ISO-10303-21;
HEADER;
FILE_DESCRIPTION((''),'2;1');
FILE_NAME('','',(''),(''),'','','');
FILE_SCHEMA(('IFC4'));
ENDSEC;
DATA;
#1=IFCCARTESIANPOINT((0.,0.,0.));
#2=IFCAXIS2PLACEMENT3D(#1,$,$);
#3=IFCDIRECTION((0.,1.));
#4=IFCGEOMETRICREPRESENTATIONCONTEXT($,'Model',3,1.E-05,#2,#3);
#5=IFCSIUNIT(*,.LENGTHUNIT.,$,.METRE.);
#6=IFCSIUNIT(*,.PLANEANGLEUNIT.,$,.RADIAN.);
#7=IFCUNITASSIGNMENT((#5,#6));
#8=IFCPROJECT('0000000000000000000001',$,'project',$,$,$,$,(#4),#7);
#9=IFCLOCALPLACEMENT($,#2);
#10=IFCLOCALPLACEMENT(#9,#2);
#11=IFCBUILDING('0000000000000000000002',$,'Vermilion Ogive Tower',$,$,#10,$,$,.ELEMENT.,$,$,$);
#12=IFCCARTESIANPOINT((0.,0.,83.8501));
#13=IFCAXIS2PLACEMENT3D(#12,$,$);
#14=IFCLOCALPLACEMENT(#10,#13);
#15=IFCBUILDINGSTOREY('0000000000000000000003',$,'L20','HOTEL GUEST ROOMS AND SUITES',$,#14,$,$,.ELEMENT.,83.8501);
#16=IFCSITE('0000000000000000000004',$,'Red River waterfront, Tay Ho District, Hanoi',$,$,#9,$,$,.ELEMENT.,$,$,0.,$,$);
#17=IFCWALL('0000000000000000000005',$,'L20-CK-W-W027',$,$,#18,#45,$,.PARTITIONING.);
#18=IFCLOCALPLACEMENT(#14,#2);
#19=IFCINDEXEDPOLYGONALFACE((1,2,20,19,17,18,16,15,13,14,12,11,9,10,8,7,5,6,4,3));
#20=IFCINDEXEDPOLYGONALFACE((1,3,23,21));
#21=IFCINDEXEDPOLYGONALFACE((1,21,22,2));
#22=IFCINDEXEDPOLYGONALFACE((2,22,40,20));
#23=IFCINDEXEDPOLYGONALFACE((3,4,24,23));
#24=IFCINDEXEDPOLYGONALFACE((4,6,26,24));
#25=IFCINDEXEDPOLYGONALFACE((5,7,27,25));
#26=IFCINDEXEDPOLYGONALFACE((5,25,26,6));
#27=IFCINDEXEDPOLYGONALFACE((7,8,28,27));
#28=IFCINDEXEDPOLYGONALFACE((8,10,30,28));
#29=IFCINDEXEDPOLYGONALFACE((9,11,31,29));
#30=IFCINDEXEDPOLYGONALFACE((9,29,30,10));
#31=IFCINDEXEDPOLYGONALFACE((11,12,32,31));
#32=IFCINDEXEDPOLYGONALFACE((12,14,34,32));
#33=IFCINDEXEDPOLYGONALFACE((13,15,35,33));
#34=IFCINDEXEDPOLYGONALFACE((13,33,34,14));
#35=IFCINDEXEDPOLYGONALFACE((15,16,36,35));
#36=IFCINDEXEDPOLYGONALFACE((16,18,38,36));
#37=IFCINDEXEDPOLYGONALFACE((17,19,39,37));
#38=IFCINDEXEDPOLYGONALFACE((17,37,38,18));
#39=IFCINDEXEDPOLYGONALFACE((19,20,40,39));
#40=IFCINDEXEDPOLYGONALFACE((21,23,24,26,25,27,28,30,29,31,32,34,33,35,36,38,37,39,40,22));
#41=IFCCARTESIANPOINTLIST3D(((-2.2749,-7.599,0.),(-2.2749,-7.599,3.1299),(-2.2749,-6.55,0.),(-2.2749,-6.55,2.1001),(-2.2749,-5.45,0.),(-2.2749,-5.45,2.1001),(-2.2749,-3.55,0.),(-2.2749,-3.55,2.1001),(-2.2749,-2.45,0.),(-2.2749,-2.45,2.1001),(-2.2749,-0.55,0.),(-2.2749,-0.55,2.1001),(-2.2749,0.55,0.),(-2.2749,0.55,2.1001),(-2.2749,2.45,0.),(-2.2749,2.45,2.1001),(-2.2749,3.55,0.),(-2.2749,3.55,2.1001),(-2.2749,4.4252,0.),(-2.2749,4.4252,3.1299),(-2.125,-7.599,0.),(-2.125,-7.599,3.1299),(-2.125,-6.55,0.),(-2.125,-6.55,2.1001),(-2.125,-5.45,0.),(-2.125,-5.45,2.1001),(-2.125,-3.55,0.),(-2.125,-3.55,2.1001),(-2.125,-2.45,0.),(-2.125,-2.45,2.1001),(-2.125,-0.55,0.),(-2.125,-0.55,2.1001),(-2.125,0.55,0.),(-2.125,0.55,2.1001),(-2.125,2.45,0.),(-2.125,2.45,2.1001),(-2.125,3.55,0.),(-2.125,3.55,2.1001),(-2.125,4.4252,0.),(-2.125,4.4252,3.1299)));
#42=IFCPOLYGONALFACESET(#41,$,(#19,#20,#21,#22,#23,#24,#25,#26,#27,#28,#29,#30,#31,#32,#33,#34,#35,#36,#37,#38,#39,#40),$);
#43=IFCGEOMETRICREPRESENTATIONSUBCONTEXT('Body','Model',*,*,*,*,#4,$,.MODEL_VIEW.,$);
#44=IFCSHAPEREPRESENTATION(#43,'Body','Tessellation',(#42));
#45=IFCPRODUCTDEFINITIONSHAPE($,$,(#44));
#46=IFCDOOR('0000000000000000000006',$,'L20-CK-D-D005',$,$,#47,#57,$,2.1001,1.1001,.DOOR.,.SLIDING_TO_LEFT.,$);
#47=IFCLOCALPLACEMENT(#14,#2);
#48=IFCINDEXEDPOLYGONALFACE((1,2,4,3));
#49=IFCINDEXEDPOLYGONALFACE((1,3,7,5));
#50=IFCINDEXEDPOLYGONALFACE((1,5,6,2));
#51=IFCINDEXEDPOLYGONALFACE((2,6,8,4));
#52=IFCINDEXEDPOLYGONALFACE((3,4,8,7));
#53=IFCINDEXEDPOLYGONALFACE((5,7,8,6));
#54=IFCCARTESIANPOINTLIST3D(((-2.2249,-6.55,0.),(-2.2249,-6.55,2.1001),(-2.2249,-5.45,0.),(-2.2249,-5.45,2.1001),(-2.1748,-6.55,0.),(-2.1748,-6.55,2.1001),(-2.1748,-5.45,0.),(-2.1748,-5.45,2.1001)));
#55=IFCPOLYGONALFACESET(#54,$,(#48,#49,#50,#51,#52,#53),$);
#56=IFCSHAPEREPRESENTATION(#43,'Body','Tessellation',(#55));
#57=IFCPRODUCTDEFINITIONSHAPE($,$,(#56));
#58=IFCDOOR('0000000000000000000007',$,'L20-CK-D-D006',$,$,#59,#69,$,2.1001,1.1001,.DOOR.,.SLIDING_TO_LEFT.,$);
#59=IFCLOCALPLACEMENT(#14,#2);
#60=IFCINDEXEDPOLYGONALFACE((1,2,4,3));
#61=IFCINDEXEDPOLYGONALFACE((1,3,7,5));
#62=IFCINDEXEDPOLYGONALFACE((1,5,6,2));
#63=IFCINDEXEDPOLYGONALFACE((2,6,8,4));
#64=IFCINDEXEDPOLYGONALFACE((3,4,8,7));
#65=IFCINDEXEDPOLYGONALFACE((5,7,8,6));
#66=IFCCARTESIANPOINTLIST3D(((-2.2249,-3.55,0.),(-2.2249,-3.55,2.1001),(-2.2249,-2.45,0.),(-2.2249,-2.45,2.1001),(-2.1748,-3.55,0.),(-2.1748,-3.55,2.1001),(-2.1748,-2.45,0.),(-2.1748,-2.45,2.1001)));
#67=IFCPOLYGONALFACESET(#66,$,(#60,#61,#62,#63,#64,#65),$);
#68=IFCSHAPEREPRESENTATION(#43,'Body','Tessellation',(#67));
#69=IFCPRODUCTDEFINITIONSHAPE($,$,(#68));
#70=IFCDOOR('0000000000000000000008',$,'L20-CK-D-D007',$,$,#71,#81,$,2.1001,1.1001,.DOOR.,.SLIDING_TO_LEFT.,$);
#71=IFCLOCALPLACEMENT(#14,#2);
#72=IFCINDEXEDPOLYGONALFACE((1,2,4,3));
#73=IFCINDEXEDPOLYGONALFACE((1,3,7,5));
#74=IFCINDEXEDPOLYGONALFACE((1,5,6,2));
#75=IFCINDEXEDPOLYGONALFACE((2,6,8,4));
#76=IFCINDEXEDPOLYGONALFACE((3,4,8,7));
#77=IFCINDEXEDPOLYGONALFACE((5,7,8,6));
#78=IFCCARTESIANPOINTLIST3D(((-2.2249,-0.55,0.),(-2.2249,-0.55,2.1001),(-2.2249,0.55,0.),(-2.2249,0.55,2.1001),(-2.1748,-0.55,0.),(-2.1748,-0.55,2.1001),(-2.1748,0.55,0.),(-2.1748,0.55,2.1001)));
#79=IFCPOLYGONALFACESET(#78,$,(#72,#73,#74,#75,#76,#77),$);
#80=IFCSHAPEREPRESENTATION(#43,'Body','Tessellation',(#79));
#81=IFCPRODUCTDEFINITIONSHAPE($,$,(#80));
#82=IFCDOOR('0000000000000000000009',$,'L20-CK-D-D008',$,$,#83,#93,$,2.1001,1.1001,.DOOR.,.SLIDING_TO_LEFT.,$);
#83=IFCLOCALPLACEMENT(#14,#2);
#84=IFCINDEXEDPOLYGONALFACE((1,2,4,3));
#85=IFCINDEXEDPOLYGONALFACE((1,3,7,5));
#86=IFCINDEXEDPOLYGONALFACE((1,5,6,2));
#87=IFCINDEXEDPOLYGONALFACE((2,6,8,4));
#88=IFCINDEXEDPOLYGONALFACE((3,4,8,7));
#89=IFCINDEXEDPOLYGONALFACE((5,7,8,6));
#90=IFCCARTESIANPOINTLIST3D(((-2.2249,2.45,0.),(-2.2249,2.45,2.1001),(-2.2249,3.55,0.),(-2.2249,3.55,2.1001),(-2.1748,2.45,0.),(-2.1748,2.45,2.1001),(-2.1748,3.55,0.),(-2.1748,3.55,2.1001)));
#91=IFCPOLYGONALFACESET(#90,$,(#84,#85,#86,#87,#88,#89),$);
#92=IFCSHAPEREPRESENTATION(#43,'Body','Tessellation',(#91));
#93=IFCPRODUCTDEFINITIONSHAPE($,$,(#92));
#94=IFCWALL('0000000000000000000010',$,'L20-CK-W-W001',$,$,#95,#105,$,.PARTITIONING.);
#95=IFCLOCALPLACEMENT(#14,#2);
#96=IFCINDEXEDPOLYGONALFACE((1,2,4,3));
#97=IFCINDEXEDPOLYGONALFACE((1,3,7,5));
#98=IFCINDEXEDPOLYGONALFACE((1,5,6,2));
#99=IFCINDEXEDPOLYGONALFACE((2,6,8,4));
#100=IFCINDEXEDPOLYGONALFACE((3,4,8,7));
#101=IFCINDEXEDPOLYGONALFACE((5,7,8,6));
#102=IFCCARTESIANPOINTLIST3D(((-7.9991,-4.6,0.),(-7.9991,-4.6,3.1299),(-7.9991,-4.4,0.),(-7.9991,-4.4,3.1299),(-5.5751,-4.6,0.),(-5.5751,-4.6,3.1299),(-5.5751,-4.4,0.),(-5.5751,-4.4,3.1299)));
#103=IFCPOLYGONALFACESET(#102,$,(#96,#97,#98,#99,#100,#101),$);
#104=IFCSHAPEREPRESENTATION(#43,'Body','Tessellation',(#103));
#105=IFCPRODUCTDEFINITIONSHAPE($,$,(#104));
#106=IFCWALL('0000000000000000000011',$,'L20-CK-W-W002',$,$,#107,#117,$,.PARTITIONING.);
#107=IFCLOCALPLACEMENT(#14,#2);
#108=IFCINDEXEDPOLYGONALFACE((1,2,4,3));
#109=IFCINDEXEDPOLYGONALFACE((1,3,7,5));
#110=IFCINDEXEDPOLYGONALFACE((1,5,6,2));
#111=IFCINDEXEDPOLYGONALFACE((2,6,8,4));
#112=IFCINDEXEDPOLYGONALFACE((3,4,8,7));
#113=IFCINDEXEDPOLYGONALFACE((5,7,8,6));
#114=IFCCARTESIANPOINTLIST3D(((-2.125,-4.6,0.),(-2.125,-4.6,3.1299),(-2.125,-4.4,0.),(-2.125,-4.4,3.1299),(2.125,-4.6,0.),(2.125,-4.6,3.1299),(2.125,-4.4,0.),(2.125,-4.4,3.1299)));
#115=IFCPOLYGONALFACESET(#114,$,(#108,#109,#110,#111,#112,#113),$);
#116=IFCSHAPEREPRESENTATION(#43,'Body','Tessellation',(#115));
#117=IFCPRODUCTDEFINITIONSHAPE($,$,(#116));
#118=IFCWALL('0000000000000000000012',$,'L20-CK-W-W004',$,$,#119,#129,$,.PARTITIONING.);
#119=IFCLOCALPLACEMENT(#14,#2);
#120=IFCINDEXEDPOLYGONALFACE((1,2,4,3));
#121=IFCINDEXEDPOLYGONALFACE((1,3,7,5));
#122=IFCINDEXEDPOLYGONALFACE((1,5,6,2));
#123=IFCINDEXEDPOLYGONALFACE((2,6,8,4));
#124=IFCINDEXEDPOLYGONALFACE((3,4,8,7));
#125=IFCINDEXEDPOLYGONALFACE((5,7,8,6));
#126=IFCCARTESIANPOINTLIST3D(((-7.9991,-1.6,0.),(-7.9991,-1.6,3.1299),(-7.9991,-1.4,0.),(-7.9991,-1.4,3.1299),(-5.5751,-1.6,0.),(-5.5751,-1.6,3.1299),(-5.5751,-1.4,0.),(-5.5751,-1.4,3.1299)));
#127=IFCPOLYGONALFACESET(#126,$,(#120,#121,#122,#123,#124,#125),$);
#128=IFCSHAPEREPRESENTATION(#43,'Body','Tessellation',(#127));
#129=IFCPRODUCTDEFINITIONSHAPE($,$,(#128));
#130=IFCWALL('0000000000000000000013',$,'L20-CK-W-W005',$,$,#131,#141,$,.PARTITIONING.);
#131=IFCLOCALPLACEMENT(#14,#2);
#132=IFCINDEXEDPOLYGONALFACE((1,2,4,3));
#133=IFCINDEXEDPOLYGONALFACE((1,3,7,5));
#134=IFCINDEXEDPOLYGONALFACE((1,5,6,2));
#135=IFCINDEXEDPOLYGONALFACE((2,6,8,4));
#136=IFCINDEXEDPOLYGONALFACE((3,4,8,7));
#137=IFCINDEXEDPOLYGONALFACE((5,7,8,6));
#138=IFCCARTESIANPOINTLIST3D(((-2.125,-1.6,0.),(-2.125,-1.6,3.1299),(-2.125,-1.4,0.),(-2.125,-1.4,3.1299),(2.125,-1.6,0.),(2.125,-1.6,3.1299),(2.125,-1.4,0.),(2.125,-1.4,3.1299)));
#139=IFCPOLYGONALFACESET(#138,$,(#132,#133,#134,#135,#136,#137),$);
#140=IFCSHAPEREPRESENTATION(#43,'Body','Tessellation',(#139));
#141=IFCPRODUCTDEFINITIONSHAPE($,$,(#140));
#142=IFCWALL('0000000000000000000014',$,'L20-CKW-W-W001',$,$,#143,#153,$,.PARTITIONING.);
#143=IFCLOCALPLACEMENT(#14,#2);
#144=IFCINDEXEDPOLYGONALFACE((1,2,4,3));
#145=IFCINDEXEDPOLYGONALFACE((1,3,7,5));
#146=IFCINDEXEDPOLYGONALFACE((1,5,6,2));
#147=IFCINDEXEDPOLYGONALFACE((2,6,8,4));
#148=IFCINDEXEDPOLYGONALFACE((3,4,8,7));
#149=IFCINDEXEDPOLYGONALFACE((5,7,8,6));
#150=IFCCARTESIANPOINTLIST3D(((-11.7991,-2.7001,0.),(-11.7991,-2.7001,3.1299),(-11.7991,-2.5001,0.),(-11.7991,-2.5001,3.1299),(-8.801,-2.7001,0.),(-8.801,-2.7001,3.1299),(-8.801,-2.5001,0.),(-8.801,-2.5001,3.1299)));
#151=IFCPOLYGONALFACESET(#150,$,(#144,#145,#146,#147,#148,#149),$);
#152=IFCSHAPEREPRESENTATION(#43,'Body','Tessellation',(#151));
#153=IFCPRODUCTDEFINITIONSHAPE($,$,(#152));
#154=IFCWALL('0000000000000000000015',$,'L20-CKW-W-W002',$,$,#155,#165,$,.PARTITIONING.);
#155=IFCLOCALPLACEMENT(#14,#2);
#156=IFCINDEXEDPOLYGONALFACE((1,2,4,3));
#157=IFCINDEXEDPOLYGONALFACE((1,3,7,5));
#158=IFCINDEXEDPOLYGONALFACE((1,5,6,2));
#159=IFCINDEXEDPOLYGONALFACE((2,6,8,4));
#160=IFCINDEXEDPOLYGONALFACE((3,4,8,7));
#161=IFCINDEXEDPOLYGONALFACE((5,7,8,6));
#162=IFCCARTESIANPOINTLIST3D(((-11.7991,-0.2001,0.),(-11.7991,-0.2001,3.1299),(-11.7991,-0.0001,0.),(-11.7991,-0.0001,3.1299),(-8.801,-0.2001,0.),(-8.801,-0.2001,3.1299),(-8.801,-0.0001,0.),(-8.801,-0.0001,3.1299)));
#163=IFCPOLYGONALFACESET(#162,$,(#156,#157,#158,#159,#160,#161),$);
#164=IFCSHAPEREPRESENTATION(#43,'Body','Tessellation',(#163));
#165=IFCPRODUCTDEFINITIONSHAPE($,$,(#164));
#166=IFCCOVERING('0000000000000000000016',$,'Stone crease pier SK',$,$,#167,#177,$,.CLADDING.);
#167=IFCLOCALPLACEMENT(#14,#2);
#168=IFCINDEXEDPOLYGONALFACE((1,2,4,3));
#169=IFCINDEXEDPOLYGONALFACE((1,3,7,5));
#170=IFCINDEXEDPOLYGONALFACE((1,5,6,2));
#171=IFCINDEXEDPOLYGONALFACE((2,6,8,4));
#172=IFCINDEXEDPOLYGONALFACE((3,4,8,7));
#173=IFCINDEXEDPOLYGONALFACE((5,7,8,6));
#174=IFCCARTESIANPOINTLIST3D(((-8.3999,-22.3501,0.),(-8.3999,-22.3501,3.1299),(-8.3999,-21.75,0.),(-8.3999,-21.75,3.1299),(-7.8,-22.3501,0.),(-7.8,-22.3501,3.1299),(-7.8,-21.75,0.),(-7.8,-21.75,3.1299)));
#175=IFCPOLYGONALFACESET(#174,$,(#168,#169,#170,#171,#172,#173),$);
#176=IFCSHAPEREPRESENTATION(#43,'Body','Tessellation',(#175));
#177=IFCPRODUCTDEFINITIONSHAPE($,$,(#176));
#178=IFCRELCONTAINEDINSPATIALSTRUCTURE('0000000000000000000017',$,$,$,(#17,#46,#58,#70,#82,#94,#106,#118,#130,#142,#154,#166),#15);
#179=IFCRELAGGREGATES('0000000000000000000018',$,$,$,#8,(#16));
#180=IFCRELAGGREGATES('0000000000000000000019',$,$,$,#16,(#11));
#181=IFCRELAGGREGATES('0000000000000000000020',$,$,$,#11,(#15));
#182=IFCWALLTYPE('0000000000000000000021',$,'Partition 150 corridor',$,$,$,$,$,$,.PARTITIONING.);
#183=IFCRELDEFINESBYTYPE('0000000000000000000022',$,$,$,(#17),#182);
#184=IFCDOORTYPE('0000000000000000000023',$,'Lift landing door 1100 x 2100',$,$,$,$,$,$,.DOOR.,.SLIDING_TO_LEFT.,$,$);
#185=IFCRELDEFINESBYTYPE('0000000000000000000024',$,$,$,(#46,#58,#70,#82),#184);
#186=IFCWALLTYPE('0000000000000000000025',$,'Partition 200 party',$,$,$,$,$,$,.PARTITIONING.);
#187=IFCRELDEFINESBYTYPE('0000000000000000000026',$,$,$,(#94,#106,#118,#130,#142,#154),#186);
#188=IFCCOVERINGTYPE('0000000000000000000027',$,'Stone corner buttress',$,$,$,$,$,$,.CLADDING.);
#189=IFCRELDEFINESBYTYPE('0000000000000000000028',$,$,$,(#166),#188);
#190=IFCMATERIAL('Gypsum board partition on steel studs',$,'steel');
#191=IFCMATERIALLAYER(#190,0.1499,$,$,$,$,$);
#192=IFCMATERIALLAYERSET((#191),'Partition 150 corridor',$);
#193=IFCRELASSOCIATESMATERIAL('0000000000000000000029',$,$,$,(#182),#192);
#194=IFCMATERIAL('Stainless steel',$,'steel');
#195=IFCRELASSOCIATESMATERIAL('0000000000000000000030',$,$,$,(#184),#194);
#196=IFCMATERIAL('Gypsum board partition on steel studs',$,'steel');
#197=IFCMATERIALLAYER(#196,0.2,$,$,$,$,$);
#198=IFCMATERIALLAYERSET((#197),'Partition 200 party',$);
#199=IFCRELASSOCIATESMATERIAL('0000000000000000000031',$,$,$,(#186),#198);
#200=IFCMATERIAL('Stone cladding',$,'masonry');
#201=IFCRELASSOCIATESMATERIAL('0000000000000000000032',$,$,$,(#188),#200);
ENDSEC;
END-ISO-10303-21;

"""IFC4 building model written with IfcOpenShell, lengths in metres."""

from ifc_helpers import new_model, si_unit, direction, frame, frame_2d, origin, place, context, subcontext, project, spatial, polyline, rectangle, outline, extrude, material, layer, layer_set, type_object, element, fill, save


model = new_model("IFC4")

# Units and contexts
model_context = context("Model", 3, precision=1e-05, world=origin(), true_north=direction((0.0, 1.0)))
body_context = subcontext(model_context, "Body", "Model", "MODEL_VIEW")
ifc_project = project(units=[si_unit("LENGTHUNIT", "METRE"), si_unit("PLANEANGLEUNIT", "RADIAN")], contexts=[model_context])

# Site, building, storey
site_placement = place(None, origin())
site = spatial("IfcSite", under=ifc_project, at=site_placement, Name="Red River waterfront, Tay Ho District, Hanoi", CompositionType="ELEMENT", RefElevation=0.0)
building_placement = place(site_placement, origin())
building = spatial("IfcBuilding", under=site, at=building_placement, Name="Vermilion Ogive Tower", CompositionType="ELEMENT")
storey_placement = place(building_placement, frame((0.0, 0.0, 83.8501)))
storey = spatial("IfcBuildingStorey", under=building, at=storey_placement, Name="L20", Description="HOTEL GUEST ROOMS AND SUITES", CompositionType="ELEMENT", Elevation=83.8501)

# Wall, openings, doors
ifc_material_1 = material(Name="Gypsum board partition on steel studs", Category="steel")
ifc_layer_1 = layer(ifc_material_1, 0.1499)
ifc_layer_set_1 = layer_set([ifc_layer_1], Name="Partition 150 corridor")
wall_type_1 = type_object("IfcWallType", Name="Partition 150 corridor", PredefinedType="PARTITIONING", material=ifc_layer_set_1)
wall_1_placement = place(storey_placement, frame((-2.2, -7.5991, 0.0), z_axis=(0.0, 0.0, 1.0), x_axis=(0.0, 1.0, 0.0)))
wall_1 = element("IfcWall", 1, at=wall_1_placement, inside=storey, type_object=wall_type_1, Name="L20-CK-W-W027", PredefinedType="PARTITIONING", context=body_context, shape_type="SweptSolid", body=[
    extrude(rectangle(XDim=12.0242, YDim=0.1499, at=frame_2d((6.0122, 0.0))), origin(), (0.0, 0.0, 1.0), 3.1299),
])
opening_1_placement = place(wall_1_placement, frame((1.0491, 0.0, 0.0)))
opening_1 = element("IfcOpeningElement", 2, at=opening_1_placement, cuts=wall_1, PredefinedType="OPENING", context=body_context, shape_type="SweptSolid", body=[
    extrude(rectangle(XDim=1.1001, YDim=2.1001, at=frame_2d((0.55, 1.05))), frame((0.0, 0.085, 0.0), z_axis=(0.0, -1.0, 0.0), x_axis=(1.0, 0.0, 0.0)), (0.0, 0.0, 1.0), 0.1699),
])
opening_2_placement = place(wall_1_placement, frame((4.0491, 0.0, 0.0)))
opening_2 = element("IfcOpeningElement", 3, at=opening_2_placement, cuts=wall_1, PredefinedType="OPENING", context=body_context, shape_type="SweptSolid", body=[
    extrude(rectangle(XDim=1.1001, YDim=2.1001, at=frame_2d((0.55, 1.05))), frame((0.0, 0.085, 0.0), z_axis=(0.0, -1.0, 0.0), x_axis=(1.0, 0.0, 0.0)), (0.0, 0.0, 1.0), 0.1699),
])
opening_3_placement = place(wall_1_placement, frame((7.0491, 0.0, 0.0)))
opening_3 = element("IfcOpeningElement", 4, at=opening_3_placement, cuts=wall_1, PredefinedType="OPENING", context=body_context, shape_type="SweptSolid", body=[
    extrude(rectangle(XDim=1.1001, YDim=2.1001, at=frame_2d((0.55, 1.05))), frame((0.0, 0.085, 0.0), z_axis=(0.0, -1.0, 0.0), x_axis=(1.0, 0.0, 0.0)), (0.0, 0.0, 1.0), 0.1699),
])
opening_4_placement = place(wall_1_placement, frame((10.0491, 0.0, 0.0)))
opening_4 = element("IfcOpeningElement", 5, at=opening_4_placement, cuts=wall_1, PredefinedType="OPENING", context=body_context, shape_type="SweptSolid", body=[
    extrude(rectangle(XDim=1.1001, YDim=2.1001, at=frame_2d((0.55, 1.05))), frame((0.0, 0.085, 0.0), z_axis=(0.0, -1.0, 0.0), x_axis=(1.0, 0.0, 0.0)), (0.0, 0.0, 1.0), 0.1699),
])
ifc_material_2 = material(Name="Stainless steel", Category="steel")
door_type = type_object("IfcDoorType", Name="Lift landing door 1100 x 2100", OperationType="SLIDING_TO_LEFT", PredefinedType="DOOR", material=ifc_material_2)
door_1_placement = place(opening_1_placement, origin())
door_1 = element("IfcDoor", 6, at=door_1_placement, inside=storey, type_object=door_type, Name="L20-CK-D-D005", OperationType="SLIDING_TO_LEFT", OverallHeight=2.1001, OverallWidth=1.1001, PredefinedType="DOOR", context=body_context, shape_type="SweptSolid", body=[
    extrude(rectangle(XDim=1.1001, YDim=2.1001, at=frame_2d((0.55, 1.05))), frame((0.0, 0.0249, 0.0), z_axis=(0.0, -1.0, 0.0), x_axis=(1.0, 0.0, 0.0)), (0.0, 0.0, 1.0), 0.05),
])
fill(opening_1, door_1)
door_2_placement = place(opening_2_placement, origin())
door_2 = element("IfcDoor", 7, at=door_2_placement, inside=storey, type_object=door_type, Name="L20-CK-D-D006", OperationType="SLIDING_TO_LEFT", OverallHeight=2.1001, OverallWidth=1.1001, PredefinedType="DOOR", context=body_context, shape_type="SweptSolid", body=[
    extrude(rectangle(XDim=1.1001, YDim=2.1001, at=frame_2d((0.55, 1.05))), frame((0.0, 0.0249, 0.0), z_axis=(0.0, -1.0, 0.0), x_axis=(1.0, 0.0, 0.0)), (0.0, 0.0, 1.0), 0.05),
])
fill(opening_2, door_2)
door_3_placement = place(opening_3_placement, origin())
door_3 = element("IfcDoor", 8, at=door_3_placement, inside=storey, type_object=door_type, Name="L20-CK-D-D007", OperationType="SLIDING_TO_LEFT", OverallHeight=2.1001, OverallWidth=1.1001, PredefinedType="DOOR", context=body_context, shape_type="SweptSolid", body=[
    extrude(rectangle(XDim=1.1001, YDim=2.1001, at=frame_2d((0.55, 1.05))), frame((0.0, 0.0249, 0.0), z_axis=(0.0, -1.0, 0.0), x_axis=(1.0, 0.0, 0.0)), (0.0, 0.0, 1.0), 0.05),
])
fill(opening_3, door_3)
door_4_placement = place(opening_4_placement, origin())
door_4 = element("IfcDoor", 9, at=door_4_placement, inside=storey, type_object=door_type, Name="L20-CK-D-D008", OperationType="SLIDING_TO_LEFT", OverallHeight=2.1001, OverallWidth=1.1001, PredefinedType="DOOR", context=body_context, shape_type="SweptSolid", body=[
    extrude(rectangle(XDim=1.1001, YDim=2.1001, at=frame_2d((0.55, 1.05))), frame((0.0, 0.0249, 0.0), z_axis=(0.0, -1.0, 0.0), x_axis=(1.0, 0.0, 0.0)), (0.0, 0.0, 1.0), 0.05),
])
fill(opening_4, door_4)

# Walls
ifc_material_3 = material(Name="Gypsum board partition on steel studs", Category="steel")
ifc_layer_2 = layer(ifc_material_3, 0.2)
ifc_layer_set_2 = layer_set([ifc_layer_2], Name="Partition 200 party")
wall_type_2 = type_object("IfcWallType", Name="Partition 200 party", PredefinedType="PARTITIONING", material=ifc_layer_set_2)
wall_2_placement = place(storey_placement, frame((-7.999, -4.5, 0.0), z_axis=(0.0, 0.0, 1.0), x_axis=(1.0, 0.0, 0.0)))
element("IfcWall", 10, at=wall_2_placement, inside=storey, type_object=wall_type_2, Name="L20-CK-W-W001", PredefinedType="PARTITIONING", context=body_context, shape_type="SweptSolid", body=[
    extrude(rectangle(XDim=2.4241, YDim=0.2, at=frame_2d((1.2119, 0.0))), origin(), (0.0, 0.0, 1.0), 3.1299),
])
wall_3_placement = place(storey_placement, frame((-2.125, -4.5, 0.0), z_axis=(0.0, 0.0, 1.0), x_axis=(1.0, 0.0, 0.0)))
element("IfcWall", 11, at=wall_3_placement, inside=storey, type_object=wall_type_2, Name="L20-CK-W-W002", PredefinedType="PARTITIONING", context=body_context, shape_type="SweptSolid", body=[
    extrude(rectangle(XDim=4.25, YDim=0.2, at=frame_2d((2.125, 0.0))), origin(), (0.0, 0.0, 1.0), 3.1299),
])
wall_4_placement = place(storey_placement, frame((-7.999, -1.5, 0.0), z_axis=(0.0, 0.0, 1.0), x_axis=(1.0, 0.0, 0.0)))
element("IfcWall", 12, at=wall_4_placement, inside=storey, type_object=wall_type_2, Name="L20-CK-W-W004", PredefinedType="PARTITIONING", context=body_context, shape_type="SweptSolid", body=[
    extrude(rectangle(XDim=2.4241, YDim=0.2, at=frame_2d((1.2119, 0.0))), origin(), (0.0, 0.0, 1.0), 3.1299),
])
wall_5_placement = place(storey_placement, frame((-2.125, -1.5, 0.0), z_axis=(0.0, 0.0, 1.0), x_axis=(1.0, 0.0, 0.0)))
element("IfcWall", 13, at=wall_5_placement, inside=storey, type_object=wall_type_2, Name="L20-CK-W-W005", PredefinedType="PARTITIONING", context=body_context, shape_type="SweptSolid", body=[
    extrude(rectangle(XDim=4.25, YDim=0.2, at=frame_2d((2.125, 0.0))), origin(), (0.0, 0.0, 1.0), 3.1299),
])
for number, where, z_axis, x_axis, name in (
    (14, (-11.7991, -2.6001, 0.0), (0.0, 0.0, 1.0), (1.0, 0.0, 0.0), "L20-CKW-W-W001"),
    (15, (-11.7991, -0.1001, 0.0), (0.0, 0.0, 1.0), (1.0, 0.0, 0.0), "L20-CKW-W-W002"),
):
    element("IfcWall", number, at=place(storey_placement, frame(where, z_axis=z_axis, x_axis=x_axis)), inside=storey, type_object=wall_type_2, Name=name, PredefinedType="PARTITIONING", context=body_context, shape_type="SweptSolid", body=[
        extrude(rectangle(XDim=2.998, YDim=0.2, at=frame_2d((1.499, 0.0))), origin(), (0.0, 0.0, 1.0), 3.1299),
    ])

# Covering
ifc_material_4 = material(Name="Stone cladding", Category="masonry")
covering_type = type_object("IfcCoveringType", Name="Stone corner buttress", PredefinedType="CLADDING", material=ifc_material_4)
covering_1_placement = place(storey_placement, origin())
element("IfcCovering", 16, at=covering_1_placement, inside=storey, type_object=covering_type, Name="Stone crease pier SK", PredefinedType="CLADDING", context=body_context, shape_type="SweptSolid", body=[
    extrude(outline(polyline([(-8.3999, -22.3501), (-7.8, -22.3501), (-7.8, -21.75), (-8.3999, -21.75), (-8.3999, -22.3501)])), origin(), (0.0, 0.0, 1.0), 3.1299),
])

save(model, "model.ifc")
